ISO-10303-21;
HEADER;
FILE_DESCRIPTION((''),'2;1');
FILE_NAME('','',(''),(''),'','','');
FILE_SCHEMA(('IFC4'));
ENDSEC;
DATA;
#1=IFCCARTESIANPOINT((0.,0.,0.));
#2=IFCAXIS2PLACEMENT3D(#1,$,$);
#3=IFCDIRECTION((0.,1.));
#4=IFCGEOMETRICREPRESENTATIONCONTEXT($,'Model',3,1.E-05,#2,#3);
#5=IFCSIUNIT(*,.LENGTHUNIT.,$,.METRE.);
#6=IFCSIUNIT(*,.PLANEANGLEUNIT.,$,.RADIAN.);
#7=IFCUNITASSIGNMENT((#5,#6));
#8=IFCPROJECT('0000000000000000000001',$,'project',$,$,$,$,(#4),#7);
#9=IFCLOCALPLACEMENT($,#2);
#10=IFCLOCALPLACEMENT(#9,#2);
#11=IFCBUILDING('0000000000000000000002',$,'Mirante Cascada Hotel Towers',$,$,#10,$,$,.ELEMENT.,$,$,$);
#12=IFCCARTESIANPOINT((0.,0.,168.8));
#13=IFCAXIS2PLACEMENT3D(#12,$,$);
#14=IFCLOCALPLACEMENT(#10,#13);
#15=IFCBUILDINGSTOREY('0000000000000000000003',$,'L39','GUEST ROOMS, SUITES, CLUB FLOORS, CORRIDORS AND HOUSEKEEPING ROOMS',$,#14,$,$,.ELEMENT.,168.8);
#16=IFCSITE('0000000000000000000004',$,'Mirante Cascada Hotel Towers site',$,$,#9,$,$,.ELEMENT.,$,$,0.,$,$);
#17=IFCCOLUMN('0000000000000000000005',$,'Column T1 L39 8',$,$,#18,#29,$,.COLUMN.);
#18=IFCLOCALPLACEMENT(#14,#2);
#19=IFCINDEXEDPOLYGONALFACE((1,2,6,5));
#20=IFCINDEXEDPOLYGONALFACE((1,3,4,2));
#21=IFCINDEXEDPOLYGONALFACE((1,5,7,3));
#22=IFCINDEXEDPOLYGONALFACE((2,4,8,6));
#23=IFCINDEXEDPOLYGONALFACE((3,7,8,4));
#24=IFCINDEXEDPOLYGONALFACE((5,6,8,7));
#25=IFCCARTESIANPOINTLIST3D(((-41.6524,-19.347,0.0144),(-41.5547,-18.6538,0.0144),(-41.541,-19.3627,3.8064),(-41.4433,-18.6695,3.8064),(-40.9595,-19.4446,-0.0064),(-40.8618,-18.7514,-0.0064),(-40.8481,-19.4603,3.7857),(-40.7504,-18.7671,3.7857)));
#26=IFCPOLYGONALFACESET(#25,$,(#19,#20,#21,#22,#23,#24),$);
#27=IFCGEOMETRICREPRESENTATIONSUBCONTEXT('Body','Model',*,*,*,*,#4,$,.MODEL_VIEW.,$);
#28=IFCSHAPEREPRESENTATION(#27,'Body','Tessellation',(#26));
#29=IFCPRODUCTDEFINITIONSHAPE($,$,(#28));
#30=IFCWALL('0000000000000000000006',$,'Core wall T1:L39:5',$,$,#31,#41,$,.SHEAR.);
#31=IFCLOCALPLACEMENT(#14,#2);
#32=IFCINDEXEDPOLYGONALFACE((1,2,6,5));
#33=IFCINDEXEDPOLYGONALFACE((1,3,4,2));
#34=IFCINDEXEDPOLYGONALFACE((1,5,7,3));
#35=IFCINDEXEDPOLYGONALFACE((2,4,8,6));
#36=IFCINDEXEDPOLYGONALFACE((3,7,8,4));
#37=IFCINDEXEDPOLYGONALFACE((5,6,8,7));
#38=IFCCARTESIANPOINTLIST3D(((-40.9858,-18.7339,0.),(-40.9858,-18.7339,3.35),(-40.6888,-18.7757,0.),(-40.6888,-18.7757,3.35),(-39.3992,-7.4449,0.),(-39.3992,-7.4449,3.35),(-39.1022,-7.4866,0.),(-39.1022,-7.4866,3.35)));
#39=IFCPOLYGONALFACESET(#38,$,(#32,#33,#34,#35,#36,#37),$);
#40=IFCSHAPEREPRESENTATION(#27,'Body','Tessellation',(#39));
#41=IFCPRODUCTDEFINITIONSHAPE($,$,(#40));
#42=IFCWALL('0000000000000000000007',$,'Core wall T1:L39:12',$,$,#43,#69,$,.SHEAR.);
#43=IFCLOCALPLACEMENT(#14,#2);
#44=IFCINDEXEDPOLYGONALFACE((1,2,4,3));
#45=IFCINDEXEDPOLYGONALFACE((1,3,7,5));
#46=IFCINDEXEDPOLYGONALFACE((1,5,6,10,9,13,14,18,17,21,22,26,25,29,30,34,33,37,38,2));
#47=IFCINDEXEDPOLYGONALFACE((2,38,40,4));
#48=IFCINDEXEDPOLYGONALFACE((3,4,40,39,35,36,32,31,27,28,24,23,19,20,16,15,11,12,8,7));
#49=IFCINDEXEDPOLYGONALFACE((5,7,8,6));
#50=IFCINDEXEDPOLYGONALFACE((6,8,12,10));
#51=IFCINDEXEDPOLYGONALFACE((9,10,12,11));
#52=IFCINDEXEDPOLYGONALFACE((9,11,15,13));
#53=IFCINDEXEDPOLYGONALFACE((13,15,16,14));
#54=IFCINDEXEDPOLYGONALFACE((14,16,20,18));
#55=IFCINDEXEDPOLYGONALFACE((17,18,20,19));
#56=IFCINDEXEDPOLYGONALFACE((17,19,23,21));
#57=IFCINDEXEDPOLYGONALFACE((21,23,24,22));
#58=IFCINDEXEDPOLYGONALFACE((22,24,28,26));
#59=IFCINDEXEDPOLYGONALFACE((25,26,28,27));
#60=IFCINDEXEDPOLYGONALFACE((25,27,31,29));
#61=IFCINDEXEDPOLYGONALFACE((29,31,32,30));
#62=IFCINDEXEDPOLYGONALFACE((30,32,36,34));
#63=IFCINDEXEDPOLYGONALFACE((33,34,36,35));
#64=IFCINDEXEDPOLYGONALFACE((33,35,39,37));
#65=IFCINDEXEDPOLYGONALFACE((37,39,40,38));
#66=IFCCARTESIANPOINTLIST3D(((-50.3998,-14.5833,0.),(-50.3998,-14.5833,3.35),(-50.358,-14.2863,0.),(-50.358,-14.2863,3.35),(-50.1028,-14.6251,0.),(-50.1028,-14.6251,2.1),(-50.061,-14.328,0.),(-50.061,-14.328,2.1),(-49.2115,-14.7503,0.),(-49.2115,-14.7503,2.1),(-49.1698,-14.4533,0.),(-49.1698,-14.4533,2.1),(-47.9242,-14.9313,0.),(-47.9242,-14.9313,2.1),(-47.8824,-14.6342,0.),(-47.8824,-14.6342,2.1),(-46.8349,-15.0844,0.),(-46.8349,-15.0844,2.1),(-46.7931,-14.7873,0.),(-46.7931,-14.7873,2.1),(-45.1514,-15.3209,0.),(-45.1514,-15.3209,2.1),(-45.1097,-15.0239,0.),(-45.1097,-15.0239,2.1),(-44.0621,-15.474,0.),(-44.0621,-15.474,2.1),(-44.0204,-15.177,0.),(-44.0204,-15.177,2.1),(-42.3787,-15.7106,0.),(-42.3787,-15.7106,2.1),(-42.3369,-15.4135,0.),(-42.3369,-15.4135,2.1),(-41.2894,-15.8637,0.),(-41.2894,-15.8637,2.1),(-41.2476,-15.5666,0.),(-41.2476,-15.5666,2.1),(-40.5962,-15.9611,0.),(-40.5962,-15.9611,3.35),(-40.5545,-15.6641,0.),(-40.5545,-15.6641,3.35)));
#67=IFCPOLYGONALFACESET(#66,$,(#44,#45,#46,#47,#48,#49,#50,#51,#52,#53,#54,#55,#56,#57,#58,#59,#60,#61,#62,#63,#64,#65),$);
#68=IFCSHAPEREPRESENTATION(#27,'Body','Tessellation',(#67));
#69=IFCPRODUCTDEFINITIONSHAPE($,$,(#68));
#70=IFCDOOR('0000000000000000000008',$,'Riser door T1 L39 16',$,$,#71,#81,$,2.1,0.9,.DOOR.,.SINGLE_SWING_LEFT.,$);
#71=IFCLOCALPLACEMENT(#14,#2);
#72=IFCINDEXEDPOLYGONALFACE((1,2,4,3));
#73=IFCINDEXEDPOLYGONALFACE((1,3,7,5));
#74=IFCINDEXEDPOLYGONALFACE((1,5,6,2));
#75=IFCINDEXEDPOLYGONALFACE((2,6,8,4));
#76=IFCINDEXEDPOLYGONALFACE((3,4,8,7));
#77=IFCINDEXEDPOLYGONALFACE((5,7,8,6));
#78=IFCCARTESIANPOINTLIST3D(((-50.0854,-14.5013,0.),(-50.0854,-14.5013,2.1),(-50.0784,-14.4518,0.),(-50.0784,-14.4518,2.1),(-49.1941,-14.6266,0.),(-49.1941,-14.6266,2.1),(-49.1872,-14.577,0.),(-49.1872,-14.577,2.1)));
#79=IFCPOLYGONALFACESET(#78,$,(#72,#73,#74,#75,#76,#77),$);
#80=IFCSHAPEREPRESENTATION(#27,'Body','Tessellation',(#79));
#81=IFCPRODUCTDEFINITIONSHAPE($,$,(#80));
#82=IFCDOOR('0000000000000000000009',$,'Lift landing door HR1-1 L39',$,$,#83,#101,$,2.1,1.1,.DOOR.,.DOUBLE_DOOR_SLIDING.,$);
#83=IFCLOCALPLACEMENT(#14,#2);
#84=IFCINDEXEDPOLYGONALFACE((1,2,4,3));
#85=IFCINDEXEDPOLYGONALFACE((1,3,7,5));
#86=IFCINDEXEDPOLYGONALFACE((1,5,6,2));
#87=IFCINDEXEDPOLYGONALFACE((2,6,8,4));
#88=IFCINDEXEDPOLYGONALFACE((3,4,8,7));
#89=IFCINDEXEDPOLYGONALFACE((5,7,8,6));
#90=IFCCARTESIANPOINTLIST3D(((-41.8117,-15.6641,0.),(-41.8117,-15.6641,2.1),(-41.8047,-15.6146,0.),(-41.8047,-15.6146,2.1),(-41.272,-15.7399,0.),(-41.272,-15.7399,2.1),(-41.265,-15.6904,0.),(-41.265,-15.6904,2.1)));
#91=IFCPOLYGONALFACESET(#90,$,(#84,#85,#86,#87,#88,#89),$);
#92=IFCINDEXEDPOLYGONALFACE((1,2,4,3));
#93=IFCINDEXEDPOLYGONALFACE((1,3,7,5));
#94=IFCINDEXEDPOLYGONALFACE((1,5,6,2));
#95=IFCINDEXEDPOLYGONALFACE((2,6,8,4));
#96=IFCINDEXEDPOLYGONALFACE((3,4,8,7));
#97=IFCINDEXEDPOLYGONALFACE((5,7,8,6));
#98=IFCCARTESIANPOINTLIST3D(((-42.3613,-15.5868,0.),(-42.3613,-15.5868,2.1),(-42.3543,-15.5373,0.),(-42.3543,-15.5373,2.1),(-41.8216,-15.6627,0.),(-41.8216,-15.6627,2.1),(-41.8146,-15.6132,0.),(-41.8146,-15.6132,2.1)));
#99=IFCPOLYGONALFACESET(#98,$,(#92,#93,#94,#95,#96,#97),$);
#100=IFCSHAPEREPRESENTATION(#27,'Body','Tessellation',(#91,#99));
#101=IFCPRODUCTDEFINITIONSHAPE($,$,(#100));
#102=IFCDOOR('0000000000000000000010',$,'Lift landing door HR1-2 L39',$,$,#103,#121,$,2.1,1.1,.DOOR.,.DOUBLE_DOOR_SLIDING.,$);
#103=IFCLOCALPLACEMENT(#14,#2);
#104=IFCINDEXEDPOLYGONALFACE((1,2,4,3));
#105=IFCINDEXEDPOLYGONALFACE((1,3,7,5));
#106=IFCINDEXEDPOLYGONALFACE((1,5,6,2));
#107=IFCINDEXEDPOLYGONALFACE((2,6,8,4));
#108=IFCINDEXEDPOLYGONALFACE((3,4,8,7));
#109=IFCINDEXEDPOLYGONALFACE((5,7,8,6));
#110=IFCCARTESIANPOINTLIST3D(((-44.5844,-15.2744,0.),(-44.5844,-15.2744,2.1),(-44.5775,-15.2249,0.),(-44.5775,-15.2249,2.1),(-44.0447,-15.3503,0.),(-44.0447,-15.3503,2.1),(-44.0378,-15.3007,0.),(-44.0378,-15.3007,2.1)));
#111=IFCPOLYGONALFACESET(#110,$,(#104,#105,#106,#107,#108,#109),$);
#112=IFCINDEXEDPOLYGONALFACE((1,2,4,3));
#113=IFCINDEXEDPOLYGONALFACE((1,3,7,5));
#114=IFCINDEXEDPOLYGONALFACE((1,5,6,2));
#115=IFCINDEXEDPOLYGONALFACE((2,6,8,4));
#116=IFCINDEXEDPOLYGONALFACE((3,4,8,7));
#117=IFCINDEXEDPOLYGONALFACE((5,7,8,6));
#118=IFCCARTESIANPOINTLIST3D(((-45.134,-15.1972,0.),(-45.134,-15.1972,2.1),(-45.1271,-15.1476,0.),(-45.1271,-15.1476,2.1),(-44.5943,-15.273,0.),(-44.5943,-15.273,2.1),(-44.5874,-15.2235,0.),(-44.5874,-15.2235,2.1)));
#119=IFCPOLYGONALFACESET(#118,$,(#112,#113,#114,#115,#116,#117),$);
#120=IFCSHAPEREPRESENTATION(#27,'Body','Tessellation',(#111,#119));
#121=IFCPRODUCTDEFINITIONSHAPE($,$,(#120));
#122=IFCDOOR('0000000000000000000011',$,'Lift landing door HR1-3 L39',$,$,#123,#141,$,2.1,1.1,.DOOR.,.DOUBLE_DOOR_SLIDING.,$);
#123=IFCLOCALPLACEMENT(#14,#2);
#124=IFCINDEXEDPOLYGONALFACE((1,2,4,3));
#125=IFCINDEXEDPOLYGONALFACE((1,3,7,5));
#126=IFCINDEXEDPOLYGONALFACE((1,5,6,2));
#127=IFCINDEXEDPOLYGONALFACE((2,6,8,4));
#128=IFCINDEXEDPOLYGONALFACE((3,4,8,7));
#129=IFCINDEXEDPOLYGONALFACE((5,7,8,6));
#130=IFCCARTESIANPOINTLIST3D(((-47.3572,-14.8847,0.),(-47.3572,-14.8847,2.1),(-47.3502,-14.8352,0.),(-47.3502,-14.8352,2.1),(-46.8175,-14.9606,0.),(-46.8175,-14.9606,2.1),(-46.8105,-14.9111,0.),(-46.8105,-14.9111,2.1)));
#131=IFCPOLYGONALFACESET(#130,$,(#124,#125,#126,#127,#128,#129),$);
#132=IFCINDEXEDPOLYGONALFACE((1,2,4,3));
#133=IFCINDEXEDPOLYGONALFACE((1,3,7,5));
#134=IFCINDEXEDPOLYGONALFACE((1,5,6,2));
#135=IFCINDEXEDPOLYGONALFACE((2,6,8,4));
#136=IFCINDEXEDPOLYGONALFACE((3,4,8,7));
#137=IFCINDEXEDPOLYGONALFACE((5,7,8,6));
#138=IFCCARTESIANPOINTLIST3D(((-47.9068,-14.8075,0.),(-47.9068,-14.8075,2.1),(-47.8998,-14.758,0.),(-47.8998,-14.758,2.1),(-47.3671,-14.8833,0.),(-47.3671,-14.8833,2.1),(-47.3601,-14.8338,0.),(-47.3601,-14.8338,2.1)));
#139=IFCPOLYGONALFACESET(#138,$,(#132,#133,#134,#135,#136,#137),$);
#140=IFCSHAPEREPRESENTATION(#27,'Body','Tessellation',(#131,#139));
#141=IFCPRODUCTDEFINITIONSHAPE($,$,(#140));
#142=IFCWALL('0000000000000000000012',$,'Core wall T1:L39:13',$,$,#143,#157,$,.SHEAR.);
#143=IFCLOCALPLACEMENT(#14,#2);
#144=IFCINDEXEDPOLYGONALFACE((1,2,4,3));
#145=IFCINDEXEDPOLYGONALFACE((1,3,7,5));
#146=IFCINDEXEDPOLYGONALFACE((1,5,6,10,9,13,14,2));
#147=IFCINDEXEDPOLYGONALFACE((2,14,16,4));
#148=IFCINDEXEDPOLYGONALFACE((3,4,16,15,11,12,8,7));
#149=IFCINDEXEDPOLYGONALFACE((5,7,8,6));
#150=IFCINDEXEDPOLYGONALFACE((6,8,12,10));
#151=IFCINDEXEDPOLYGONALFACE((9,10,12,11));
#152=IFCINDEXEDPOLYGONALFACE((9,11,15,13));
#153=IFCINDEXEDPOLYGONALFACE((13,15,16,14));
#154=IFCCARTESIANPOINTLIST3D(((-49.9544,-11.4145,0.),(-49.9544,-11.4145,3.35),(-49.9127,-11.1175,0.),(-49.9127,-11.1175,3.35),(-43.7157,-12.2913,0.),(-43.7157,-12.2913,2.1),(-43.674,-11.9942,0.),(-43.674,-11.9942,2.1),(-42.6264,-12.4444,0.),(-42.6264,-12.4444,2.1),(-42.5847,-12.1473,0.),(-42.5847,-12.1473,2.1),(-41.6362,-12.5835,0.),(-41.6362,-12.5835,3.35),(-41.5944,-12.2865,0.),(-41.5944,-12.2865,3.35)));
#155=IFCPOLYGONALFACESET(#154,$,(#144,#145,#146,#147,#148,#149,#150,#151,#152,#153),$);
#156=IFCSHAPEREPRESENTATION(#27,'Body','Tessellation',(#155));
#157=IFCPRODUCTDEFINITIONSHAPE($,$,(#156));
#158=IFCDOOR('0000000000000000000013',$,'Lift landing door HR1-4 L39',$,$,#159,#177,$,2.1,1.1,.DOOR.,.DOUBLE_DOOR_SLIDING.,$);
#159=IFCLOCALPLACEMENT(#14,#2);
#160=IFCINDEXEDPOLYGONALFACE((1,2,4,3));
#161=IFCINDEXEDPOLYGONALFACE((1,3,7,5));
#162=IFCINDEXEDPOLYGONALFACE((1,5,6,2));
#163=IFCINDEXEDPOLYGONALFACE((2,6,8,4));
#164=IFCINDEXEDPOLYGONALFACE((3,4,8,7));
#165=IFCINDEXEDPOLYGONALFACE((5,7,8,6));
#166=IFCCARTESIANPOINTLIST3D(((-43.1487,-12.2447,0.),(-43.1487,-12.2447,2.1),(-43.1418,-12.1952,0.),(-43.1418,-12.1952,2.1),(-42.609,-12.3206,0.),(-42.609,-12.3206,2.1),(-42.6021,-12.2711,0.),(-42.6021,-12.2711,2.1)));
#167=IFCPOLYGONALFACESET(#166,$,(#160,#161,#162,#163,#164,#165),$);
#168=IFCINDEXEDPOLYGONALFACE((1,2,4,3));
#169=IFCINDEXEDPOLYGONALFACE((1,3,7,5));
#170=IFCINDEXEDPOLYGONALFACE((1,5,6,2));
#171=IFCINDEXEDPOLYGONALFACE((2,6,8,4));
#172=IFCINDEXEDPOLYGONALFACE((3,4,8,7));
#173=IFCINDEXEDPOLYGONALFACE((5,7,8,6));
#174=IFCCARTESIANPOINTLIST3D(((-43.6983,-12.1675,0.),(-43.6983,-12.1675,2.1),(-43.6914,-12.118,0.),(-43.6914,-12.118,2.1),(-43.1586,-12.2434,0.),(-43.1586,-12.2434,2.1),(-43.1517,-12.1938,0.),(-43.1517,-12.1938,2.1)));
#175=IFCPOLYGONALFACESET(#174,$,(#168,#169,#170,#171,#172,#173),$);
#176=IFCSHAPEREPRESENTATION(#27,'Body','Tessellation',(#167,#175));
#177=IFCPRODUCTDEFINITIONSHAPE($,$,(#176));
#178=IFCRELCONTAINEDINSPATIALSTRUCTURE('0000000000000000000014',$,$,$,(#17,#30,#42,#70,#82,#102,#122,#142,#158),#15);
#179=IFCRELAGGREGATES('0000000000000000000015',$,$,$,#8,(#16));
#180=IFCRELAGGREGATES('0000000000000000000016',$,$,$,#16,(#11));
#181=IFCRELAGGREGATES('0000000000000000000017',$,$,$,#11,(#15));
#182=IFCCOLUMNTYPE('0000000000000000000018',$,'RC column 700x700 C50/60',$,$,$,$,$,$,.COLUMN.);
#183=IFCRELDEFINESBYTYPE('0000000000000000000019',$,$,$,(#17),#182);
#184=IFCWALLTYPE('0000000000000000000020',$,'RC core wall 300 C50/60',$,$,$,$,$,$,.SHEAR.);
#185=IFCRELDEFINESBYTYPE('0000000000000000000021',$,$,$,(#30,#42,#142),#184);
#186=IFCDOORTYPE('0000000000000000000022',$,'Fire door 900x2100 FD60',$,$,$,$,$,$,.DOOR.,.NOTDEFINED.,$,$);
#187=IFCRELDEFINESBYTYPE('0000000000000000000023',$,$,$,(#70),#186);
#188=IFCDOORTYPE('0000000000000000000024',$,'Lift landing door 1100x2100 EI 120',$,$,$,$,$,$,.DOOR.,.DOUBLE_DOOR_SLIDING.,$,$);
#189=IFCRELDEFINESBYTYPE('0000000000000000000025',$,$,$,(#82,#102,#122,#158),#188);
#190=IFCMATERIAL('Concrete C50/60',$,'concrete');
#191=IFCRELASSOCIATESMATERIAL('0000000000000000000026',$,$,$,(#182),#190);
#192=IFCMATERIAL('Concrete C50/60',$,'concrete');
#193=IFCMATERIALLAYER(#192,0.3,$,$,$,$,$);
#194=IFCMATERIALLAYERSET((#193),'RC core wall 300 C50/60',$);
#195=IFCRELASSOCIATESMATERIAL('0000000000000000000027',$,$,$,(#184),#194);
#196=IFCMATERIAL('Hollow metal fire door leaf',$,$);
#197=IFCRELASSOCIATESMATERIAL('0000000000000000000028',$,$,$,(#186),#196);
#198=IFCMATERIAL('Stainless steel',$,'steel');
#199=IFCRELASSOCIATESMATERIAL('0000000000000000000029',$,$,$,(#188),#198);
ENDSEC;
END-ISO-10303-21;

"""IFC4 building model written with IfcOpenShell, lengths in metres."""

from ifc_helpers import new_model, si_unit, direction, frame, frame_2d, origin, origin_2d, place, context, subcontext, project, spatial, rectangle, extrude, material, layer, layer_set, material_profile, profile_set, type_object, element, fill, save


model = new_model("IFC4")

# Units and contexts
model_context = context("Model", 3, precision=1e-05, world=origin(), true_north=direction((0.0, 1.0)))
body_context = subcontext(model_context, "Body", "Model", "MODEL_VIEW")
ifc_project = project(units=[si_unit("LENGTHUNIT", "METRE"), si_unit("PLANEANGLEUNIT", "RADIAN")], contexts=[model_context])

# Site, building, storey
site_placement = place(None, origin())
site = spatial("IfcSite", under=ifc_project, at=site_placement, Name="Mirante Cascada Hotel Towers site", CompositionType="ELEMENT", RefElevation=0.0)
building_placement = place(site_placement, origin())
building = spatial("IfcBuilding", under=site, at=building_placement, Name="Mirante Cascada Hotel Towers", CompositionType="ELEMENT")
storey_placement = place(building_placement, frame((0.0, 0.0, 168.8)))
storey = spatial("IfcBuildingStorey", under=building, at=storey_placement, Name="L39", Description="GUEST ROOMS, SUITES, CLUB FLOORS, CORRIDORS AND HOUSEKEEPING ROOMS", CompositionType="ELEMENT", Elevation=168.8)

# Column
ifc_material_1 = material(Name="Concrete C50/60", Category="concrete")
ifc_material_profile = material_profile(ifc_material_1, rectangle(XDim=0.7, YDim=0.7, at=origin_2d()), Name="RC column 700x700 C50/60")
ifc_profile_set = profile_set([ifc_material_profile], Name="Concrete C50/60")
column_type = type_object("IfcColumnType", Name="RC column 700x700 C50/60", PredefinedType="COLUMN", material=ifc_profile_set)
column_placement = place(storey_placement, frame((-41.2571, -19.0492, 0.004), z_axis=(0.029365, -0.004138, 0.99956), x_axis=(0.139554, 0.990214, 0.0)))
element("IfcColumn", 1, at=column_placement, inside=storey, type_object=column_type, Name="Column T1 L39 8", PredefinedType="COLUMN", context=body_context, shape_type="SweptSolid", body=[
    extrude(rectangle(XDim=0.7, YDim=0.7, at=origin_2d()), origin(), (0.0, 0.0, 1.0), 3.7937),
])

# Wall
ifc_material_2 = material(Name="Concrete C50/60", Category="concrete")
ifc_layer_1 = layer(ifc_material_2, 0.3)
ifc_layer_set_1 = layer_set([ifc_layer_1], Name="RC core wall 300 C50/60")
wall_type_1 = type_object("IfcWallType", Name="RC core wall 300 C50/60", PredefinedType="SHEAR", material=ifc_layer_set_1)
wall_1_placement = place(storey_placement, frame((-40.8373, -18.7548, 0.0), z_axis=(0.0, 0.0, 1.0), x_axis=(0.139175, 0.990268, 0.0)))
element("IfcWall", 2, at=wall_1_placement, inside=storey, type_object=wall_type_1, Name="Core wall T1:L39:5", PredefinedType="SHEAR", context=body_context, shape_type="SweptSolid", body=[
    extrude(rectangle(XDim=11.4, YDim=0.3, at=frame_2d((5.7, 0.0))), origin(), (0.0, 0.0, 1.0), 3.35),
])

# Wall, openings, doors
wall_2_placement = place(storey_placement, frame((-40.5753, -15.8126, 0.0), z_axis=(0.0, 0.0, 1.0), x_axis=(-0.990268, 0.139173, 0.0)))
wall_2 = element("IfcWall", 3, at=wall_2_placement, inside=storey, type_object=wall_type_1, Name="Core wall T1:L39:12", PredefinedType="SHEAR", context=body_context, shape_type="SweptSolid", body=[
    extrude(rectangle(XDim=9.8999, YDim=0.3, at=frame_2d((4.95, 0.0))), origin(), (0.0, 0.0, 1.0), 3.35),
])
opening_1_placement = place(wall_2_placement, frame((0.7, 0.0, 0.0)))
opening_1 = element("IfcOpeningElement", 4, at=opening_1_placement, cuts=wall_2, PredefinedType="OPENING", context=body_context, shape_type="SweptSolid", body=[
    extrude(rectangle(XDim=1.1, YDim=2.1, at=frame_2d((0.55, 1.05))), frame((0.0, 0.15, 0.0), z_axis=(0.0, -1.0, 0.0), x_axis=(1.0, 0.0, 0.0)), (0.0, 0.0, 1.0), 0.3),
])
opening_2_placement = place(wall_2_placement, frame((3.5, 0.0, 0.0)))
opening_2 = element("IfcOpeningElement", 5, at=opening_2_placement, cuts=wall_2, PredefinedType="OPENING", context=body_context, shape_type="SweptSolid", body=[
    extrude(rectangle(XDim=1.1, YDim=2.1, at=frame_2d((0.55, 1.05))), frame((0.0, 0.15, 0.0), z_axis=(0.0, -1.0, 0.0), x_axis=(1.0, 0.0, 0.0)), (0.0, 0.0, 1.0), 0.3),
])
opening_3_placement = place(wall_2_placement, frame((6.3, 0.0, 0.0)))
opening_3 = element("IfcOpeningElement", 6, at=opening_3_placement, cuts=wall_2, PredefinedType="OPENING", context=body_context, shape_type="SweptSolid", body=[
    extrude(rectangle(XDim=1.1, YDim=2.1, at=frame_2d((0.55, 1.05))), frame((0.0, 0.15, 0.0), z_axis=(0.0, -1.0, 0.0), x_axis=(1.0, 0.0, 0.0)), (0.0, 0.0, 1.0), 0.3),
])
opening_4_placement = place(wall_2_placement, frame((8.7, 0.0, 0.0)))
opening_4 = element("IfcOpeningElement", 7, at=opening_4_placement, cuts=wall_2, PredefinedType="OPENING", context=body_context, shape_type="SweptSolid", body=[
    extrude(rectangle(XDim=0.9, YDim=2.1, at=frame_2d((0.45, 1.05))), frame((0.0, 0.15, 0.0), z_axis=(0.0, -1.0, 0.0), x_axis=(1.0, 0.0, 0.0)), (0.0, 0.0, 1.0), 0.3),
])
ifc_material_3 = material(Name="Hollow metal fire door leaf")
door_type_1 = type_object("IfcDoorType", Name="Fire door 900x2100 FD60", OperationType="NOTDEFINED", PredefinedType="DOOR", material=ifc_material_3)
door_1_placement = place(opening_4_placement, origin())
door_1 = element("IfcDoor", 8, at=door_1_placement, inside=storey, type_object=door_type_1, Name="Riser door T1 L39 16", OperationType="SINGLE_SWING_LEFT", OverallHeight=2.1, OverallWidth=0.9, PredefinedType="DOOR", context=body_context, shape_type="SweptSolid", body=[
    extrude(rectangle(XDim=0.9, YDim=2.1, at=frame_2d((0.45, 1.05))), frame((0.0, 0.025, 0.0), z_axis=(0.0, -1.0, 0.0), x_axis=(1.0, 0.0, 0.0)), (0.0, 0.0, 1.0), 0.05),
])
fill(opening_4, door_1)
ifc_material_4 = material(Name="Stainless steel", Category="steel")
door_type_2 = type_object("IfcDoorType", Name="Lift landing door 1100x2100 EI 120", OperationType="DOUBLE_DOOR_SLIDING", PredefinedType="DOOR", material=ifc_material_4)
door_2_placement = place(opening_1_placement, origin())
door_2 = element("IfcDoor", 9, at=door_2_placement, inside=storey, type_object=door_type_2, Name="Lift landing door HR1-1 L39", OperationType="DOUBLE_DOOR_SLIDING", OverallHeight=2.1, OverallWidth=1.1, PredefinedType="DOOR", context=body_context, shape_type="SweptSolid", body=[
    extrude(rectangle(XDim=0.545, YDim=2.1, at=frame_2d((0.2725, 1.05))), frame((0.0, 0.025, 0.0), z_axis=(0.0, -1.0, 0.0), x_axis=(1.0, 0.0, 0.0)), (0.0, 0.0, 1.0), 0.05),
    extrude(rectangle(XDim=0.545, YDim=2.1, at=frame_2d((0.8275, 1.05))), frame((0.0, 0.025, 0.0), z_axis=(0.0, -1.0, 0.0), x_axis=(1.0, 0.0, 0.0)), (0.0, 0.0, 1.0), 0.05),
])
fill(opening_1, door_2)
door_3_placement = place(opening_2_placement, origin())
door_3 = element("IfcDoor", 10, at=door_3_placement, inside=storey, type_object=door_type_2, Name="Lift landing door HR1-2 L39", OperationType="DOUBLE_DOOR_SLIDING", OverallHeight=2.1, OverallWidth=1.1, PredefinedType="DOOR", context=body_context, shape_type="SweptSolid", body=[
    extrude(rectangle(XDim=0.545, YDim=2.1, at=frame_2d((0.2725, 1.05))), frame((0.0, 0.025, 0.0), z_axis=(0.0, -1.0, 0.0), x_axis=(1.0, 0.0, 0.0)), (0.0, 0.0, 1.0), 0.05),
    extrude(rectangle(XDim=0.545, YDim=2.1, at=frame_2d((0.8275, 1.05))), frame((0.0, 0.025, 0.0), z_axis=(0.0, -1.0, 0.0), x_axis=(1.0, 0.0, 0.0)), (0.0, 0.0, 1.0), 0.05),
])
fill(opening_2, door_3)
door_4_placement = place(opening_3_placement, origin())
door_4 = element("IfcDoor", 11, at=door_4_placement, inside=storey, type_object=door_type_2, Name="Lift landing door HR1-3 L39", OperationType="DOUBLE_DOOR_SLIDING", OverallHeight=2.1, OverallWidth=1.1, PredefinedType="DOOR", context=body_context, shape_type="SweptSolid", body=[
    extrude(rectangle(XDim=0.545, YDim=2.1, at=frame_2d((0.2725, 1.05))), frame((0.0, 0.025, 0.0), z_axis=(0.0, -1.0, 0.0), x_axis=(1.0, 0.0, 0.0)), (0.0, 0.0, 1.0), 0.05),
    extrude(rectangle(XDim=0.545, YDim=2.1, at=frame_2d((0.8275, 1.05))), frame((0.0, 0.025, 0.0), z_axis=(0.0, -1.0, 0.0), x_axis=(1.0, 0.0, 0.0)), (0.0, 0.0, 1.0), 0.05),
])
fill(opening_3, door_4)

# Wall, opening, door
wall_3_placement = place(storey_placement, frame((-41.6153, -12.435, 0.0), z_axis=(0.0, 0.0, 1.0), x_axis=(-0.990269, 0.139166, 0.0)))
wall_3 = element("IfcWall", 12, at=wall_3_placement, inside=storey, type_object=wall_type_1, Name="Core wall T1:L39:13", PredefinedType="SHEAR", context=body_context, shape_type="SweptSolid", body=[
    extrude(rectangle(XDim=8.4, YDim=0.3, at=frame_2d((4.2, 0.0))), origin(), (0.0, 0.0, 1.0), 3.35),
])
opening_5_placement = place(wall_3_placement, frame((1.0, 0.0, 0.0)))
opening_5 = element("IfcOpeningElement", 13, at=opening_5_placement, cuts=wall_3, PredefinedType="OPENING", context=body_context, shape_type="SweptSolid", body=[
    extrude(rectangle(XDim=1.1, YDim=2.1, at=frame_2d((0.55, 1.05))), frame((0.0, 0.15, 0.0), z_axis=(0.0, -1.0, 0.0), x_axis=(1.0, 0.0, 0.0)), (0.0, 0.0, 1.0), 0.3),
])
door_5_placement = place(opening_5_placement, origin())
door_5 = element("IfcDoor", 14, at=door_5_placement, inside=storey, type_object=door_type_2, Name="Lift landing door HR1-4 L39", OperationType="DOUBLE_DOOR_SLIDING", OverallHeight=2.1, OverallWidth=1.1, PredefinedType="DOOR", context=body_context, shape_type="SweptSolid", body=[
    extrude(rectangle(XDim=0.545, YDim=2.1, at=frame_2d((0.2725, 1.05))), frame((0.0, 0.025, 0.0), z_axis=(0.0, -1.0, 0.0), x_axis=(1.0, 0.0, 0.0)), (0.0, 0.0, 1.0), 0.05),
    extrude(rectangle(XDim=0.545, YDim=2.1, at=frame_2d((0.8275, 1.05))), frame((0.0, 0.025, 0.0), z_axis=(0.0, -1.0, 0.0), x_axis=(1.0, 0.0, 0.0)), (0.0, 0.0, 1.0), 0.05),
])
fill(opening_5, door_5)

save(model, "model.ifc")
